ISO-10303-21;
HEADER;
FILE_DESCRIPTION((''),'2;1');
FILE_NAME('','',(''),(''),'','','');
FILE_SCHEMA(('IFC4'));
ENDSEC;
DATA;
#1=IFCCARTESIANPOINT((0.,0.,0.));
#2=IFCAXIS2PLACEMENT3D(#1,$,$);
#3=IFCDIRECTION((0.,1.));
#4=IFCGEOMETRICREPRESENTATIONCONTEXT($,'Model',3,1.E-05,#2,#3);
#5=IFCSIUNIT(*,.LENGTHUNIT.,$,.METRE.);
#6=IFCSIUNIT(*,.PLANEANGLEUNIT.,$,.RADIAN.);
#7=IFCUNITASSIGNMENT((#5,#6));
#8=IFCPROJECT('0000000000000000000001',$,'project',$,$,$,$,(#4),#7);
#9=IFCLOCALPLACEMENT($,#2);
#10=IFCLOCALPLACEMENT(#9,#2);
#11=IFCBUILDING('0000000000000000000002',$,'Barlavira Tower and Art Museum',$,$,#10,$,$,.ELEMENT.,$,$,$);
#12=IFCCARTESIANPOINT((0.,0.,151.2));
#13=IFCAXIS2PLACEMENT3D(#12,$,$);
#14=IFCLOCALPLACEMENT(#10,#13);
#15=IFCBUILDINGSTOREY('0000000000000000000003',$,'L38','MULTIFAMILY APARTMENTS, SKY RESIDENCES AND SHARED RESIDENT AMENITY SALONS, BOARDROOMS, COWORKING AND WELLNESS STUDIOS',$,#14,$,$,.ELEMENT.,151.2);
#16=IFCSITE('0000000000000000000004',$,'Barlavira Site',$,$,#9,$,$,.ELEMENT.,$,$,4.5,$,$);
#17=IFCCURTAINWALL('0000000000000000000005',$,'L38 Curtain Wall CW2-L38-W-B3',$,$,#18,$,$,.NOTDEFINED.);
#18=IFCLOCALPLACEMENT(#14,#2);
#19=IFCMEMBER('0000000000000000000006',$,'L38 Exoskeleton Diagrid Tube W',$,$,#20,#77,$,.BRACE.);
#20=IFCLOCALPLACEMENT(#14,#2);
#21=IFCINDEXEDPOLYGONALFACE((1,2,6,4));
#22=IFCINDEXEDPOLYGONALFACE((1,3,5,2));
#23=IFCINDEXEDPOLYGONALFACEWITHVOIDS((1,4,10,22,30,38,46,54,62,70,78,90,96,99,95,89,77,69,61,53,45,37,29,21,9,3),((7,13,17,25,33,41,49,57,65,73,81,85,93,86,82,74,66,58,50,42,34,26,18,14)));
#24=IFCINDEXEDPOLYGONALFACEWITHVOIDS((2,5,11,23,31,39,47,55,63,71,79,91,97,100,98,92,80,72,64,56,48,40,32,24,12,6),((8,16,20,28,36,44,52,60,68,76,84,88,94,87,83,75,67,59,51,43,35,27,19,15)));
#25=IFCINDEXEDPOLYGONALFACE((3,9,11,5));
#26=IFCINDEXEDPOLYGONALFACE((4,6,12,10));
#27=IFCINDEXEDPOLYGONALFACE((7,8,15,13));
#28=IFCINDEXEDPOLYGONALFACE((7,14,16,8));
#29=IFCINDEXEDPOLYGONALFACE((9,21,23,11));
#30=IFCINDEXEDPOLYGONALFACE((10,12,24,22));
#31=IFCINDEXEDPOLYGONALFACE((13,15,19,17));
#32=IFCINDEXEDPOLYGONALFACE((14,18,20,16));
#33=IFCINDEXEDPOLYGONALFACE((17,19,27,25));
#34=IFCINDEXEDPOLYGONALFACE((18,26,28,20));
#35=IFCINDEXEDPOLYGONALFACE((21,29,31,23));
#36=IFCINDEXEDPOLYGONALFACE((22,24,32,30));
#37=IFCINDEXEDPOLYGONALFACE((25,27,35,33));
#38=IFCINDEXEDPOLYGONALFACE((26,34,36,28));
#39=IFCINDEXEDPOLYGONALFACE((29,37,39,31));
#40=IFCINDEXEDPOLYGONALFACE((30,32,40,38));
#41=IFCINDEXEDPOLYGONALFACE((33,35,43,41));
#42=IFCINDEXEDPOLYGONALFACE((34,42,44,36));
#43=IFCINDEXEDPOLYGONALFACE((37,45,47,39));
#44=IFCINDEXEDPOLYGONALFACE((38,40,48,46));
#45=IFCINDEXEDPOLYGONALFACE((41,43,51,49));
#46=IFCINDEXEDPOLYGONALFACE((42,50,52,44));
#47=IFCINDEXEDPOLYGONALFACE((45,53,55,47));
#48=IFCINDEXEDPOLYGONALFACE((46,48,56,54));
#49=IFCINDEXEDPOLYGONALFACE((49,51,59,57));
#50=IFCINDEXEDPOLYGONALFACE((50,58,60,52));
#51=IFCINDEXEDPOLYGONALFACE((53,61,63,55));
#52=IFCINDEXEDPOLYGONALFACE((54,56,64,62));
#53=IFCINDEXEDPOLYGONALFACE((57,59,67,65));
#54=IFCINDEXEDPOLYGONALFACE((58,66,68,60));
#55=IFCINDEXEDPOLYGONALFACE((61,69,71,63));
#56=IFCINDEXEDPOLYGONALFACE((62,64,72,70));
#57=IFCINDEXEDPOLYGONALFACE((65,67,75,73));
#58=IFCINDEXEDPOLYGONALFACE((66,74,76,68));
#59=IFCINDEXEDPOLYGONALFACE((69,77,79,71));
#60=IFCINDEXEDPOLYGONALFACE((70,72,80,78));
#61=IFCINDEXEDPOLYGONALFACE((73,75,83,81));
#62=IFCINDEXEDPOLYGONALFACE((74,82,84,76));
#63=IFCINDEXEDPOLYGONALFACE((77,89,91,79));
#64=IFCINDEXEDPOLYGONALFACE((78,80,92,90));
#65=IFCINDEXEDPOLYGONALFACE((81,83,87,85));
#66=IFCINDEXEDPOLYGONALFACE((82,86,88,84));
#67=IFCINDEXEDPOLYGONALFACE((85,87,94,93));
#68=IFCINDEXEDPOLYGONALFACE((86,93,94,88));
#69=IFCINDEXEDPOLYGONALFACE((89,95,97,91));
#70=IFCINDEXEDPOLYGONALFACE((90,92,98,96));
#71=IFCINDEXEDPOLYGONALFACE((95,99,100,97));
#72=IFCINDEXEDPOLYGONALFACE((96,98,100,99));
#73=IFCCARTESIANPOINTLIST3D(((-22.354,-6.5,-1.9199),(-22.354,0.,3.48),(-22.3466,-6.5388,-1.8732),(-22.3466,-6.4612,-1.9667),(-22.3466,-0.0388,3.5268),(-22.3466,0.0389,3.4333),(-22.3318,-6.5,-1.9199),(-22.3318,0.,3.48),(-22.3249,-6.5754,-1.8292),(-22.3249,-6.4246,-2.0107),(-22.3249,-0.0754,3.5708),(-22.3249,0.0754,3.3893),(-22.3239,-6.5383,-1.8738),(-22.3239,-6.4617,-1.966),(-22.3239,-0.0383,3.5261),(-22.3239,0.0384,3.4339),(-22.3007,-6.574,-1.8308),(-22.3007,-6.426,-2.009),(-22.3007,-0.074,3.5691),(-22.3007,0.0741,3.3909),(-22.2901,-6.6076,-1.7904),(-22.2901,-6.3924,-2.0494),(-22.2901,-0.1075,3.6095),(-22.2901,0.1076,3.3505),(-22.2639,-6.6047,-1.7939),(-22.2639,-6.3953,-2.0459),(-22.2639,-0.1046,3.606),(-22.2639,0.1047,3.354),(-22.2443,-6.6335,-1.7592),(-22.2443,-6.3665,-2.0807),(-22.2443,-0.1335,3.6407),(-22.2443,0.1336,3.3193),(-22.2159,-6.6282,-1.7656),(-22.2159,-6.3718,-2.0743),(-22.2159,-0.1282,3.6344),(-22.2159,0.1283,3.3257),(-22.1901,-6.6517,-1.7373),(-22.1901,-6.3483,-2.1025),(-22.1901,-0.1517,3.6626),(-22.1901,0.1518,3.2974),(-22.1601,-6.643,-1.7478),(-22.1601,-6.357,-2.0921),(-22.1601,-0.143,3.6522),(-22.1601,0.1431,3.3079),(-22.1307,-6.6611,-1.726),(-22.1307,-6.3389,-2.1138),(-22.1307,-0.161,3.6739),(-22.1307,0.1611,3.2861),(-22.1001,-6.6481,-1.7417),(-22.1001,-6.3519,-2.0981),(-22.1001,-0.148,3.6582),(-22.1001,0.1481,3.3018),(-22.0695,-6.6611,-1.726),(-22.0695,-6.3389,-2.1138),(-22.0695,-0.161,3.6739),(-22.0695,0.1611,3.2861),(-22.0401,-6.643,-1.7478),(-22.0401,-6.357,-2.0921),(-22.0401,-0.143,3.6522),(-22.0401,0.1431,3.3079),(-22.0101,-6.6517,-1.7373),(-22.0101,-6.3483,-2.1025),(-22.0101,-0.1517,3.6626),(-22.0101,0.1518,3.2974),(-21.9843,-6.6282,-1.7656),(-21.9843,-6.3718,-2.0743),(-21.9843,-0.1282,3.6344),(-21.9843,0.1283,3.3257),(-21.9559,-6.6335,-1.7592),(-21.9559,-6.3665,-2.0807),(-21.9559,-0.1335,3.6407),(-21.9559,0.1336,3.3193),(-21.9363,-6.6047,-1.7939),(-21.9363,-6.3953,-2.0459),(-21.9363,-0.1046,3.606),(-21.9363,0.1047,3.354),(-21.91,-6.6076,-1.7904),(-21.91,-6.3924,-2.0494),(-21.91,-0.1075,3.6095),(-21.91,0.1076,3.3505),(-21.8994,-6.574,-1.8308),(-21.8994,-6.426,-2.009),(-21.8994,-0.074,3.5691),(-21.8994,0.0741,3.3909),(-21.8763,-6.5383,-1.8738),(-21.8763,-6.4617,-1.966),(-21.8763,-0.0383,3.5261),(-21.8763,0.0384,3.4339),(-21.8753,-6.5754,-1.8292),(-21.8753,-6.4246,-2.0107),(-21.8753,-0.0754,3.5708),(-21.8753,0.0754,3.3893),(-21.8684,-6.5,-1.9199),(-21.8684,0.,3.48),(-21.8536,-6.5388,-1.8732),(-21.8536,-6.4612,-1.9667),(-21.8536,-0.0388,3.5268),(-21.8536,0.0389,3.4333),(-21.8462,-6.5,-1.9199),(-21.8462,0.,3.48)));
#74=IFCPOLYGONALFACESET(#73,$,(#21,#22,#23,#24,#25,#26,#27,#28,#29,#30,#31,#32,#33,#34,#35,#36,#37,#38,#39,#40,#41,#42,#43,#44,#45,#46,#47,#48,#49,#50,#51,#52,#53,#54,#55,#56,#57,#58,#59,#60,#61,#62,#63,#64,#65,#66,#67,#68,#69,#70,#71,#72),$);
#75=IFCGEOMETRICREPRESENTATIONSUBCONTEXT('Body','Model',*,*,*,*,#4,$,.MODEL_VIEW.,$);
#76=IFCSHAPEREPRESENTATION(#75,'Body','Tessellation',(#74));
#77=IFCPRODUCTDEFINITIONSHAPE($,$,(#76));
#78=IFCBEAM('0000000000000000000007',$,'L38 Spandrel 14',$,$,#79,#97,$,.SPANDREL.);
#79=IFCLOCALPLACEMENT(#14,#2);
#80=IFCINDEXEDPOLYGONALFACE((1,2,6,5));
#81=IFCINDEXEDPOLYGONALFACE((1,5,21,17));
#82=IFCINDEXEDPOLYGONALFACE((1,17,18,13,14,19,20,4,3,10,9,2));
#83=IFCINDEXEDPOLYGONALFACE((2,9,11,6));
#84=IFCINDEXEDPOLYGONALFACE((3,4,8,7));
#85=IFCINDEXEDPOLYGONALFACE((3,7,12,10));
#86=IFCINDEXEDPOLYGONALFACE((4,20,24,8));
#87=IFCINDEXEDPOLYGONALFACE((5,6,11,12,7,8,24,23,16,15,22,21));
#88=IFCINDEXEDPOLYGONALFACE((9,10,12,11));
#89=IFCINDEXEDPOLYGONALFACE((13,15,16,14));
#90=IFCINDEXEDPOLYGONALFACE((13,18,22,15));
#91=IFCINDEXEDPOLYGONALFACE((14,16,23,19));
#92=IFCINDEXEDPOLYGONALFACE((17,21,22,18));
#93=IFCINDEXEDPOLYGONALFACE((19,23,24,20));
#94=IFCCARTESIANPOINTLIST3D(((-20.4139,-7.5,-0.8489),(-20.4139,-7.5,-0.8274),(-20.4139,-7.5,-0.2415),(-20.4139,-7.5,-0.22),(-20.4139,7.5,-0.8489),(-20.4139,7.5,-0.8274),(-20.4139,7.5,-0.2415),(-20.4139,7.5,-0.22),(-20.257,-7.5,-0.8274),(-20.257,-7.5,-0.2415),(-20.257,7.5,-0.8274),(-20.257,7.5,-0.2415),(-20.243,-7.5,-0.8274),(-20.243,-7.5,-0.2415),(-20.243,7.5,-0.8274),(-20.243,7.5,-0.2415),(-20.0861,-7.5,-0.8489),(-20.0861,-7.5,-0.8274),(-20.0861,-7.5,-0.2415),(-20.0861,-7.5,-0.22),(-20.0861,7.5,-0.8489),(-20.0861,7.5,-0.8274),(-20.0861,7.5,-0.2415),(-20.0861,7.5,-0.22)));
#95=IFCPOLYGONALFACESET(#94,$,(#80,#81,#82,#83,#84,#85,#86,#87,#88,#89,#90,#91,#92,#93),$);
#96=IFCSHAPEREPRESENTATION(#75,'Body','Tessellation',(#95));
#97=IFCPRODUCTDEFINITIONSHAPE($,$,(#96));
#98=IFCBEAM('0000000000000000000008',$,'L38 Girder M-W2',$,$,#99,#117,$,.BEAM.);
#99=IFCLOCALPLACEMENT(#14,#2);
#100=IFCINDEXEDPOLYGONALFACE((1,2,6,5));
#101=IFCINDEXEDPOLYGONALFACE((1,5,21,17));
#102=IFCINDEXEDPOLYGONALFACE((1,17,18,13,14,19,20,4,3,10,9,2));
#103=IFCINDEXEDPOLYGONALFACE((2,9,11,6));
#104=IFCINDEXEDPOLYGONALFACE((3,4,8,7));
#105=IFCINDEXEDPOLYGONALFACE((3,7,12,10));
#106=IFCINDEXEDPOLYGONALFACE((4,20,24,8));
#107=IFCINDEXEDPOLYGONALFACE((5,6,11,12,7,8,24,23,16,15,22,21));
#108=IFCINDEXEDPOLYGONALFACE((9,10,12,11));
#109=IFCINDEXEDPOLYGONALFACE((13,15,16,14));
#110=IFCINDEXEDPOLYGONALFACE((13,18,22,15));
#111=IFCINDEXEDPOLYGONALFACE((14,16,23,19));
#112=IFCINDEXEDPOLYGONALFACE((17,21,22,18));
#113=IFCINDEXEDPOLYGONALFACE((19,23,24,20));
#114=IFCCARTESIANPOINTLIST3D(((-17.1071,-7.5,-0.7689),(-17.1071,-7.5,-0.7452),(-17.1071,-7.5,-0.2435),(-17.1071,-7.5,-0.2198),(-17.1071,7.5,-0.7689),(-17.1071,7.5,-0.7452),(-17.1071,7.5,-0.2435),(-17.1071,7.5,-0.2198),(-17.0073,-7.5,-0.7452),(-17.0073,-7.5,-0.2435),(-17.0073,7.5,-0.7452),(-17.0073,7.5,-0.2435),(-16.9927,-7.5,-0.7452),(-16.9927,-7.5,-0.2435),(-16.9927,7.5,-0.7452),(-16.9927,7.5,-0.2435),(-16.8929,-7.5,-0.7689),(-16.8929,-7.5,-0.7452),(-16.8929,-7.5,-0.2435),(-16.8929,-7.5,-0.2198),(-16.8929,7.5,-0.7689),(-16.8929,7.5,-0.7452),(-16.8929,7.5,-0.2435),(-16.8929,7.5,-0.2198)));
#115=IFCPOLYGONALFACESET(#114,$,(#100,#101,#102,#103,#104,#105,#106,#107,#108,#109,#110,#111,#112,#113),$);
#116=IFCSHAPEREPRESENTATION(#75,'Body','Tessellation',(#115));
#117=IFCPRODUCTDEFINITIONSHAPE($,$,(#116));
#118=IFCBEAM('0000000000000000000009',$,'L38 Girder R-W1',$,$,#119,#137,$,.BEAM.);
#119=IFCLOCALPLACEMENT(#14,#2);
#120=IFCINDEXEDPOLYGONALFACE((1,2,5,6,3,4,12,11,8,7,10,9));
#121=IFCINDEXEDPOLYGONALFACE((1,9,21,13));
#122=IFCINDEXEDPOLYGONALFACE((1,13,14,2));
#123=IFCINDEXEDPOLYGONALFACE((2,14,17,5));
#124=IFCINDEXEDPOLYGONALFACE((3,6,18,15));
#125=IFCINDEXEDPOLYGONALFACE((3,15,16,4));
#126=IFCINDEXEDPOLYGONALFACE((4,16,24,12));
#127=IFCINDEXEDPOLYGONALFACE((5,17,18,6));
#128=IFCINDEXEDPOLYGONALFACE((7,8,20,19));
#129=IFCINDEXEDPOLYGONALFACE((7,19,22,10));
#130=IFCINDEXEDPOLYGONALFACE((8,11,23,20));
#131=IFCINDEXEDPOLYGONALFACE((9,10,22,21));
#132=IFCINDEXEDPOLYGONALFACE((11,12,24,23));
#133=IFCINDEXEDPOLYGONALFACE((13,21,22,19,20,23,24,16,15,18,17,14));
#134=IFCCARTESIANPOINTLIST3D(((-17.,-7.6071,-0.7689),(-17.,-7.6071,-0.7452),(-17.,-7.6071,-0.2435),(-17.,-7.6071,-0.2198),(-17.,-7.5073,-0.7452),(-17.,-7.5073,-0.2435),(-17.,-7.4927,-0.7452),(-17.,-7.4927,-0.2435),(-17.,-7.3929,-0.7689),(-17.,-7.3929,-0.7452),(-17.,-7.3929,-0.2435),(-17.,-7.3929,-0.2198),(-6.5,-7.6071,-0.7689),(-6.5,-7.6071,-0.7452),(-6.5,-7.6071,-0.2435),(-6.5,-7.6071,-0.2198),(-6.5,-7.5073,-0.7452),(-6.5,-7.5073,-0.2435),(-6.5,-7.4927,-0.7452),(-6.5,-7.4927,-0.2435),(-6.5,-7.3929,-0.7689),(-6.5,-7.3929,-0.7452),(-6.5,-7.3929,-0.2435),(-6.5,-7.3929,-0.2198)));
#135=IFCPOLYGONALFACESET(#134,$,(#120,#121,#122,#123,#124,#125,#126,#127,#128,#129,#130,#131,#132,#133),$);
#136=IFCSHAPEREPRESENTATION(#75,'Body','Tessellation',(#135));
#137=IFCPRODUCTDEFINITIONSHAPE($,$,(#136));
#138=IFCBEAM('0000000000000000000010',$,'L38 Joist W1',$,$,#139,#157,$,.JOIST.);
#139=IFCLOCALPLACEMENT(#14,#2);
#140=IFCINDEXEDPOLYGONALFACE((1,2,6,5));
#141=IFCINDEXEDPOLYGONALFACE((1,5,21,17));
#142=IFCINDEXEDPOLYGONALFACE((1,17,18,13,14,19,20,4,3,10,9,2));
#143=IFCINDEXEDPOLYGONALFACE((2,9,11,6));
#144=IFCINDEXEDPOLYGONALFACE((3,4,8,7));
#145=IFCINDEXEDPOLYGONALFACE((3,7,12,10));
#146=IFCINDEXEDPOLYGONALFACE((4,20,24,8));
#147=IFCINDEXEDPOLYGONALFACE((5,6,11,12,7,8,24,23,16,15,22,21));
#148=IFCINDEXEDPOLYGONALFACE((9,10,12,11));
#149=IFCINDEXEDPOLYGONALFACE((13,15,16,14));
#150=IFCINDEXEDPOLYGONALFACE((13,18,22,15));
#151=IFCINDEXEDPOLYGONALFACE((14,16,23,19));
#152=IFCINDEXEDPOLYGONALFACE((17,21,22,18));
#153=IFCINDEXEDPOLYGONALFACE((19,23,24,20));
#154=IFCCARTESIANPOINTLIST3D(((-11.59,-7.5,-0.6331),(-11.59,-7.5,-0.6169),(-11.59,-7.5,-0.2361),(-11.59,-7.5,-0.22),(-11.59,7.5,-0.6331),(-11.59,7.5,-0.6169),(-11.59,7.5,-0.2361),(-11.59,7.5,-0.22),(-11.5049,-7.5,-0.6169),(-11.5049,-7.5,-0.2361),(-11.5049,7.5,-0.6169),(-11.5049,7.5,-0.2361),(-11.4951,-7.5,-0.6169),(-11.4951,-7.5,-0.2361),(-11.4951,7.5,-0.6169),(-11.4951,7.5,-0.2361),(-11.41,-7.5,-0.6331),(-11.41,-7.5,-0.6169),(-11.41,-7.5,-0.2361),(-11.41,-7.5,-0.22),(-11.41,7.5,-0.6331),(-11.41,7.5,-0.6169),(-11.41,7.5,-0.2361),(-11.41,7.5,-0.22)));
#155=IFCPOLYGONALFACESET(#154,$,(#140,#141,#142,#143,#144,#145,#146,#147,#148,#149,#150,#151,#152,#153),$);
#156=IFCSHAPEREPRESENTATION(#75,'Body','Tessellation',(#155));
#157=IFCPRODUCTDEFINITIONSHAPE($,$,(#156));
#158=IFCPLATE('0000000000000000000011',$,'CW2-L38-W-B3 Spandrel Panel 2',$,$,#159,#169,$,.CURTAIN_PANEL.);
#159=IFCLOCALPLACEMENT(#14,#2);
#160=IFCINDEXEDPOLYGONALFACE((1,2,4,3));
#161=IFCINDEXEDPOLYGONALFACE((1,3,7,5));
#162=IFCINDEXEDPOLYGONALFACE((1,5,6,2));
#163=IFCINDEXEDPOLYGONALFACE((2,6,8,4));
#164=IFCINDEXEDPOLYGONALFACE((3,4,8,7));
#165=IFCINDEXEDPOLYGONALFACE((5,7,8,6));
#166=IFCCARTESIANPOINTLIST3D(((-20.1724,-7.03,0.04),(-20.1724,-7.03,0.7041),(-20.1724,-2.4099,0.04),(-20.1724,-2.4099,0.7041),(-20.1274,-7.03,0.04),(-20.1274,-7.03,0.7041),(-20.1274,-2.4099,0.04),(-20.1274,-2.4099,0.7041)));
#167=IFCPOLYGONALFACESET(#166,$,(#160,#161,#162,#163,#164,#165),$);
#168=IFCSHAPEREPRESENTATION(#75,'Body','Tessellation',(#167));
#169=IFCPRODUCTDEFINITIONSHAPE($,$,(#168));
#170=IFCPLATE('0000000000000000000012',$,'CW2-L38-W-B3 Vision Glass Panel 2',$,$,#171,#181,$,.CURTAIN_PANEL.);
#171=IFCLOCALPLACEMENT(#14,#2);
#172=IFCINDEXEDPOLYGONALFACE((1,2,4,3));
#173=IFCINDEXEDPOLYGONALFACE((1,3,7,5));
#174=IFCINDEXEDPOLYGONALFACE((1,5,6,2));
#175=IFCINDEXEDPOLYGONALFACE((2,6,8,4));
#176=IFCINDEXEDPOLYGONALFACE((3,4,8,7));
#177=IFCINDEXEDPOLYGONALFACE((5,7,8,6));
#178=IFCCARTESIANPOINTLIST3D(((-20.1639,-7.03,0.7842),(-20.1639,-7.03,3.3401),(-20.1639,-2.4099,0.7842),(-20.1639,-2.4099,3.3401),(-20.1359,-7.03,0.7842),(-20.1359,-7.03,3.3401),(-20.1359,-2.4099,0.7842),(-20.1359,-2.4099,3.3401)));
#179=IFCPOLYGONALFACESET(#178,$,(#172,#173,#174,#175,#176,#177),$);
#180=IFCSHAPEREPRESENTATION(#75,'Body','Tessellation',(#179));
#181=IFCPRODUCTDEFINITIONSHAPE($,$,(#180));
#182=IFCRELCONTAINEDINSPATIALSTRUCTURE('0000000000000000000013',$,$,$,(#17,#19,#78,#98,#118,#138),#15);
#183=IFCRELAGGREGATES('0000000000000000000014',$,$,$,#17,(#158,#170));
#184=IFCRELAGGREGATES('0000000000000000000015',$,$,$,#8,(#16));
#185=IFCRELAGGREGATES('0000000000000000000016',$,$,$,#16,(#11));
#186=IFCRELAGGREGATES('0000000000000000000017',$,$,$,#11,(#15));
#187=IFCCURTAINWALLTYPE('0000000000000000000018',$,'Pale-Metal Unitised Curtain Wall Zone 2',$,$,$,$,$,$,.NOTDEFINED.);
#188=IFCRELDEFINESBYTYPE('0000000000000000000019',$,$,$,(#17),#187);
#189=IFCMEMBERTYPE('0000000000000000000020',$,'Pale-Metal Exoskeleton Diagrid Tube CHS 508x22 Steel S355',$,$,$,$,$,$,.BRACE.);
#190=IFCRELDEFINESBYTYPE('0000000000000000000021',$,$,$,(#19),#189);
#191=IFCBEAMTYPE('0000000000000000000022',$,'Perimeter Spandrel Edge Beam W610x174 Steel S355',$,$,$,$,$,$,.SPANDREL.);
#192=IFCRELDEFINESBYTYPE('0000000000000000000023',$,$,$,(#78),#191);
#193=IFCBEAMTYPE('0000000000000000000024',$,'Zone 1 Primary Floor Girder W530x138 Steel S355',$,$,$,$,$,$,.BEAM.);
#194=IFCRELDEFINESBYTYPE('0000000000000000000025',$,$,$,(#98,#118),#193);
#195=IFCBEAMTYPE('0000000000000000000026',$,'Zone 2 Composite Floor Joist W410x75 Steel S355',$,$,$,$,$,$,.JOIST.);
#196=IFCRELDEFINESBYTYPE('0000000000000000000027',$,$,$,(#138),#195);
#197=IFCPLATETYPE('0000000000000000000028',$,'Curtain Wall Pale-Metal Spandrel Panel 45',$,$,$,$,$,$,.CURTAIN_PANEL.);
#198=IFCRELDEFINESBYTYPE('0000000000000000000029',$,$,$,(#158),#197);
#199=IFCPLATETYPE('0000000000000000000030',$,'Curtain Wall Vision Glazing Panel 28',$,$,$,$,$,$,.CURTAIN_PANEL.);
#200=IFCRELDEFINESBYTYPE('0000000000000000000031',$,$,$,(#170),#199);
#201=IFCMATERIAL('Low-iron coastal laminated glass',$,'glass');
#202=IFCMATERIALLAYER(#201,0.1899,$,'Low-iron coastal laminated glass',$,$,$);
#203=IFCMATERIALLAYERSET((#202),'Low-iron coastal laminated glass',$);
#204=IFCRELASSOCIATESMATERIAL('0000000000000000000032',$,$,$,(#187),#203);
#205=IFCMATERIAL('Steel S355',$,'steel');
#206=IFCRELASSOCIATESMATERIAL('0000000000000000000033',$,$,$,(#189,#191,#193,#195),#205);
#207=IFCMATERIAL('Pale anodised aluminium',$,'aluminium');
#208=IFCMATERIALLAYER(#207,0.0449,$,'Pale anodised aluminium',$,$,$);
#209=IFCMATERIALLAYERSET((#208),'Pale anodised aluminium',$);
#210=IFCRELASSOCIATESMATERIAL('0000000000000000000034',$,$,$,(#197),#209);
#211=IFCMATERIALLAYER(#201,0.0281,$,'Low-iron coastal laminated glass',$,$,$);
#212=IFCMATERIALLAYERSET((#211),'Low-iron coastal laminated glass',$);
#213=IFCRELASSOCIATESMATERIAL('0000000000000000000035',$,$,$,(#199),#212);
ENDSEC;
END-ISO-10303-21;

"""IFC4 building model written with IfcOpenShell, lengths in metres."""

from ifc_helpers import new_model, si_unit, direction, frame, origin, origin_2d, place, context, subcontext, project, spatial, rectangle, hollow_circle, i_section, extrude, material, layer, layer_set, material_profile, profile_set, type_object, element, aggregate, save


model = new_model("IFC4")

# Units and contexts
model_context = context("Model", 3, precision=1e-05, world=origin(), true_north=direction((0.0, 1.0)))
body_context = subcontext(model_context, "Body", "Model", "MODEL_VIEW")
ifc_project = project(units=[si_unit("LENGTHUNIT", "METRE"), si_unit("PLANEANGLEUNIT", "RADIAN")], contexts=[model_context])

# Site, building, storey
site_placement = place(None, origin())
site = spatial("IfcSite", under=ifc_project, at=site_placement, Name="Barlavira Site", CompositionType="ELEMENT", RefElevation=4.5)
building_placement = place(site_placement, origin())
building = spatial("IfcBuilding", under=site, at=building_placement, Name="Barlavira Tower and Art Museum", CompositionType="ELEMENT")
storey_placement = place(building_placement, frame((0.0, 0.0, 151.2)))
storey = spatial("IfcBuildingStorey", under=building, at=storey_placement, Name="L38", Description="MULTIFAMILY APARTMENTS, SKY RESIDENCES AND SHARED RESIDENT AMENITY SALONS, BOARDROOMS, COWORKING AND WELLNESS STUDIOS", CompositionType="ELEMENT", Elevation=151.2)

# Curtain wall
ifc_material_1 = material(Name="Low-iron coastal laminated glass", Category="glass")
ifc_layer_1 = layer(ifc_material_1, 0.1899, Name="Low-iron coastal laminated glass")
ifc_layer_set_1 = layer_set([ifc_layer_1], Name="Low-iron coastal laminated glass")
curtain_wall_type = type_object("IfcCurtainWallType", Name="Pale-Metal Unitised Curtain Wall Zone 2", PredefinedType="NOTDEFINED", material=ifc_layer_set_1)
curtain_wall_placement = place(storey_placement, origin())
curtain_wall = element("IfcCurtainWall", 1, at=curtain_wall_placement, inside=storey, type_object=curtain_wall_type, Name="L38 Curtain Wall CW2-L38-W-B3", PredefinedType="NOTDEFINED")
ifc_material_2 = material(Name="Pale anodised aluminium", Category="aluminium")

# Member
ifc_material_3 = material(Name="Steel S355", Category="steel")
ifc_material_profile_1 = material_profile(ifc_material_3, hollow_circle(Radius=0.2539, WallThickness=0.0222, at=origin_2d()), Name="CHS 508.0x22.2")
ifc_profile_set_1 = profile_set([ifc_material_profile_1], Name="Steel S355")
member_type_1 = type_object("IfcMemberType", Name="Pale-Metal Exoskeleton Diagrid Tube CHS 508x22 Steel S355", PredefinedType="BRACE", material=ifc_profile_set_1)
for number, where, z_axis, x_axis, name in (
    (2, (-22.1001, -6.5, -1.9199), (0.0, 0.769196, 0.639013), (-1.0, 0.0, 0.0), "L38 Exoskeleton Diagrid Tube W"),
):
    element("IfcMember", number, at=place(storey_placement, frame(where, z_axis=z_axis, x_axis=x_axis)), inside=storey, type_object=member_type_1, Name=name, PredefinedType="BRACE", context=body_context, shape_type="SweptSolid", body=[
        extrude(hollow_circle(Radius=0.2539, WallThickness=0.0222, at=origin_2d()), origin(), (0.0, 0.0, 1.0), 8.4504),
    ])

# Beams
ifc_material_profile_2 = material_profile(ifc_material_3, i_section(OverallWidth=0.3279, OverallDepth=0.6289, WebThickness=0.0139, FlangeThickness=0.0215, at=origin_2d()), Name="W610x174.0")
ifc_profile_set_2 = profile_set([ifc_material_profile_2], Name="Steel S355")
beam_type_1 = type_object("IfcBeamType", Name="Perimeter Spandrel Edge Beam W610x174 Steel S355", PredefinedType="SPANDREL", material=ifc_profile_set_2)
beam_1_placement = place(storey_placement, frame((-20.25, -7.5, -0.5344), z_axis=(0.0, 1.0, 0.0), x_axis=(-1.0, 0.0, 0.0)))
element("IfcBeam", 3, at=beam_1_placement, inside=storey, type_object=beam_type_1, Name="L38 Spandrel 14", PredefinedType="SPANDREL", context=body_context, shape_type="SweptSolid", body=[
    extrude(i_section(OverallWidth=0.3279, OverallDepth=0.6289, WebThickness=0.0139, FlangeThickness=0.0215, at=origin_2d()), origin(), (0.0, 0.0, 1.0), 15.0),
])
ifc_material_profile_3 = material_profile(ifc_material_3, i_section(OverallWidth=0.2141, OverallDepth=0.5491, WebThickness=0.0146, FlangeThickness=0.0237, at=origin_2d()), Name="W530x138.0")
ifc_profile_set_3 = profile_set([ifc_material_profile_3], Name="Steel S355")
beam_type_2 = type_object("IfcBeamType", Name="Zone 1 Primary Floor Girder W530x138 Steel S355", PredefinedType="BEAM", material=ifc_profile_set_3)
beam_2_placement = place(storey_placement, frame((-17.0, -7.5, -0.4944), z_axis=(0.0, 1.0, 0.0), x_axis=(-1.0, 0.0, 0.0)))
element("IfcBeam", 4, at=beam_2_placement, inside=storey, type_object=beam_type_2, Name="L38 Girder M-W2", PredefinedType="BEAM", context=body_context, shape_type="SweptSolid", body=[
    extrude(i_section(OverallWidth=0.2141, OverallDepth=0.5491, WebThickness=0.0146, FlangeThickness=0.0237, at=origin_2d()), origin(), (0.0, 0.0, 1.0), 15.0),
])
beam_3_placement = place(storey_placement, frame((-17.0, -7.5, -0.4944), z_axis=(1.0, 0.0, 0.0), x_axis=(0.0, 1.0, 0.0)))
element("IfcBeam", 5, at=beam_3_placement, inside=storey, type_object=beam_type_2, Name="L38 Girder R-W1", PredefinedType="BEAM", context=body_context, shape_type="SweptSolid", body=[
    extrude(i_section(OverallWidth=0.2141, OverallDepth=0.5491, WebThickness=0.0146, FlangeThickness=0.0237, at=origin_2d()), origin(), (0.0, 0.0, 1.0), 10.5),
])
ifc_material_profile_4 = material_profile(ifc_material_3, i_section(OverallWidth=0.1799, OverallDepth=0.4131, WebThickness=0.0098, FlangeThickness=0.0161, at=origin_2d()), Name="W410x75.0")
ifc_profile_set_4 = profile_set([ifc_material_profile_4], Name="Steel S355")
beam_type_3 = type_object("IfcBeamType", Name="Zone 2 Composite Floor Joist W410x75 Steel S355", PredefinedType="JOIST", material=ifc_profile_set_4)
beam_4_placement = place(storey_placement, frame((-11.5, -7.5, -0.4265), z_axis=(0.0, 1.0, 0.0), x_axis=(-1.0, 0.0, 0.0)))
element("IfcBeam", 6, at=beam_4_placement, inside=storey, type_object=beam_type_3, Name="L38 Joist W1", PredefinedType="JOIST", context=body_context, shape_type="SweptSolid", body=[
    extrude(i_section(OverallWidth=0.1799, OverallDepth=0.4131, WebThickness=0.0098, FlangeThickness=0.0161, at=origin_2d()), origin(), (0.0, 0.0, 1.0), 15.0),
])

# Plates
ifc_layer_2 = layer(ifc_material_2, 0.0449, Name="Pale anodised aluminium")
ifc_layer_set_2 = layer_set([ifc_layer_2], Name="Pale anodised aluminium")
plate_type_1 = type_object("IfcPlateType", Name="Curtain Wall Pale-Metal Spandrel Panel 45", PredefinedType="CURTAIN_PANEL", material=ifc_layer_set_2)
plate_1_placement = place(storey_placement, frame((-20.1499, -4.72, 0.04), z_axis=(0.0, 0.0, 1.0), x_axis=(0.0, -1.0, 0.0)))
plate_1 = element("IfcPlate", 7, at=plate_1_placement, type_object=plate_type_1, Name="CW2-L38-W-B3 Spandrel Panel 2", PredefinedType="CURTAIN_PANEL", context=body_context, shape_type="SweptSolid", body=[
    extrude(rectangle(XDim=4.6201, YDim=0.0449, at=origin_2d()), origin(), (0.0, 0.0, 1.0), 0.6641),
])
ifc_layer_3 = layer(ifc_material_1, 0.0281, Name="Low-iron coastal laminated glass")
ifc_layer_set_3 = layer_set([ifc_layer_3], Name="Low-iron coastal laminated glass")
plate_type_2 = type_object("IfcPlateType", Name="Curtain Wall Vision Glazing Panel 28", PredefinedType="CURTAIN_PANEL", material=ifc_layer_set_3)
plate_2_placement = place(storey_placement, frame((-20.1499, -4.72, 0.7842), z_axis=(0.0, 0.0, 1.0), x_axis=(0.0, -1.0, 0.0)))
plate_2 = element("IfcPlate", 8, at=plate_2_placement, type_object=plate_type_2, Name="CW2-L38-W-B3 Vision Glass Panel 2", PredefinedType="CURTAIN_PANEL", context=body_context, shape_type="SweptSolid", body=[
    extrude(rectangle(XDim=4.6201, YDim=0.0281, at=origin_2d()), origin(), (0.0, 0.0, 1.0), 2.5559),
])
aggregate(curtain_wall, [plate_1, plate_2])

save(model, "model.ifc")
